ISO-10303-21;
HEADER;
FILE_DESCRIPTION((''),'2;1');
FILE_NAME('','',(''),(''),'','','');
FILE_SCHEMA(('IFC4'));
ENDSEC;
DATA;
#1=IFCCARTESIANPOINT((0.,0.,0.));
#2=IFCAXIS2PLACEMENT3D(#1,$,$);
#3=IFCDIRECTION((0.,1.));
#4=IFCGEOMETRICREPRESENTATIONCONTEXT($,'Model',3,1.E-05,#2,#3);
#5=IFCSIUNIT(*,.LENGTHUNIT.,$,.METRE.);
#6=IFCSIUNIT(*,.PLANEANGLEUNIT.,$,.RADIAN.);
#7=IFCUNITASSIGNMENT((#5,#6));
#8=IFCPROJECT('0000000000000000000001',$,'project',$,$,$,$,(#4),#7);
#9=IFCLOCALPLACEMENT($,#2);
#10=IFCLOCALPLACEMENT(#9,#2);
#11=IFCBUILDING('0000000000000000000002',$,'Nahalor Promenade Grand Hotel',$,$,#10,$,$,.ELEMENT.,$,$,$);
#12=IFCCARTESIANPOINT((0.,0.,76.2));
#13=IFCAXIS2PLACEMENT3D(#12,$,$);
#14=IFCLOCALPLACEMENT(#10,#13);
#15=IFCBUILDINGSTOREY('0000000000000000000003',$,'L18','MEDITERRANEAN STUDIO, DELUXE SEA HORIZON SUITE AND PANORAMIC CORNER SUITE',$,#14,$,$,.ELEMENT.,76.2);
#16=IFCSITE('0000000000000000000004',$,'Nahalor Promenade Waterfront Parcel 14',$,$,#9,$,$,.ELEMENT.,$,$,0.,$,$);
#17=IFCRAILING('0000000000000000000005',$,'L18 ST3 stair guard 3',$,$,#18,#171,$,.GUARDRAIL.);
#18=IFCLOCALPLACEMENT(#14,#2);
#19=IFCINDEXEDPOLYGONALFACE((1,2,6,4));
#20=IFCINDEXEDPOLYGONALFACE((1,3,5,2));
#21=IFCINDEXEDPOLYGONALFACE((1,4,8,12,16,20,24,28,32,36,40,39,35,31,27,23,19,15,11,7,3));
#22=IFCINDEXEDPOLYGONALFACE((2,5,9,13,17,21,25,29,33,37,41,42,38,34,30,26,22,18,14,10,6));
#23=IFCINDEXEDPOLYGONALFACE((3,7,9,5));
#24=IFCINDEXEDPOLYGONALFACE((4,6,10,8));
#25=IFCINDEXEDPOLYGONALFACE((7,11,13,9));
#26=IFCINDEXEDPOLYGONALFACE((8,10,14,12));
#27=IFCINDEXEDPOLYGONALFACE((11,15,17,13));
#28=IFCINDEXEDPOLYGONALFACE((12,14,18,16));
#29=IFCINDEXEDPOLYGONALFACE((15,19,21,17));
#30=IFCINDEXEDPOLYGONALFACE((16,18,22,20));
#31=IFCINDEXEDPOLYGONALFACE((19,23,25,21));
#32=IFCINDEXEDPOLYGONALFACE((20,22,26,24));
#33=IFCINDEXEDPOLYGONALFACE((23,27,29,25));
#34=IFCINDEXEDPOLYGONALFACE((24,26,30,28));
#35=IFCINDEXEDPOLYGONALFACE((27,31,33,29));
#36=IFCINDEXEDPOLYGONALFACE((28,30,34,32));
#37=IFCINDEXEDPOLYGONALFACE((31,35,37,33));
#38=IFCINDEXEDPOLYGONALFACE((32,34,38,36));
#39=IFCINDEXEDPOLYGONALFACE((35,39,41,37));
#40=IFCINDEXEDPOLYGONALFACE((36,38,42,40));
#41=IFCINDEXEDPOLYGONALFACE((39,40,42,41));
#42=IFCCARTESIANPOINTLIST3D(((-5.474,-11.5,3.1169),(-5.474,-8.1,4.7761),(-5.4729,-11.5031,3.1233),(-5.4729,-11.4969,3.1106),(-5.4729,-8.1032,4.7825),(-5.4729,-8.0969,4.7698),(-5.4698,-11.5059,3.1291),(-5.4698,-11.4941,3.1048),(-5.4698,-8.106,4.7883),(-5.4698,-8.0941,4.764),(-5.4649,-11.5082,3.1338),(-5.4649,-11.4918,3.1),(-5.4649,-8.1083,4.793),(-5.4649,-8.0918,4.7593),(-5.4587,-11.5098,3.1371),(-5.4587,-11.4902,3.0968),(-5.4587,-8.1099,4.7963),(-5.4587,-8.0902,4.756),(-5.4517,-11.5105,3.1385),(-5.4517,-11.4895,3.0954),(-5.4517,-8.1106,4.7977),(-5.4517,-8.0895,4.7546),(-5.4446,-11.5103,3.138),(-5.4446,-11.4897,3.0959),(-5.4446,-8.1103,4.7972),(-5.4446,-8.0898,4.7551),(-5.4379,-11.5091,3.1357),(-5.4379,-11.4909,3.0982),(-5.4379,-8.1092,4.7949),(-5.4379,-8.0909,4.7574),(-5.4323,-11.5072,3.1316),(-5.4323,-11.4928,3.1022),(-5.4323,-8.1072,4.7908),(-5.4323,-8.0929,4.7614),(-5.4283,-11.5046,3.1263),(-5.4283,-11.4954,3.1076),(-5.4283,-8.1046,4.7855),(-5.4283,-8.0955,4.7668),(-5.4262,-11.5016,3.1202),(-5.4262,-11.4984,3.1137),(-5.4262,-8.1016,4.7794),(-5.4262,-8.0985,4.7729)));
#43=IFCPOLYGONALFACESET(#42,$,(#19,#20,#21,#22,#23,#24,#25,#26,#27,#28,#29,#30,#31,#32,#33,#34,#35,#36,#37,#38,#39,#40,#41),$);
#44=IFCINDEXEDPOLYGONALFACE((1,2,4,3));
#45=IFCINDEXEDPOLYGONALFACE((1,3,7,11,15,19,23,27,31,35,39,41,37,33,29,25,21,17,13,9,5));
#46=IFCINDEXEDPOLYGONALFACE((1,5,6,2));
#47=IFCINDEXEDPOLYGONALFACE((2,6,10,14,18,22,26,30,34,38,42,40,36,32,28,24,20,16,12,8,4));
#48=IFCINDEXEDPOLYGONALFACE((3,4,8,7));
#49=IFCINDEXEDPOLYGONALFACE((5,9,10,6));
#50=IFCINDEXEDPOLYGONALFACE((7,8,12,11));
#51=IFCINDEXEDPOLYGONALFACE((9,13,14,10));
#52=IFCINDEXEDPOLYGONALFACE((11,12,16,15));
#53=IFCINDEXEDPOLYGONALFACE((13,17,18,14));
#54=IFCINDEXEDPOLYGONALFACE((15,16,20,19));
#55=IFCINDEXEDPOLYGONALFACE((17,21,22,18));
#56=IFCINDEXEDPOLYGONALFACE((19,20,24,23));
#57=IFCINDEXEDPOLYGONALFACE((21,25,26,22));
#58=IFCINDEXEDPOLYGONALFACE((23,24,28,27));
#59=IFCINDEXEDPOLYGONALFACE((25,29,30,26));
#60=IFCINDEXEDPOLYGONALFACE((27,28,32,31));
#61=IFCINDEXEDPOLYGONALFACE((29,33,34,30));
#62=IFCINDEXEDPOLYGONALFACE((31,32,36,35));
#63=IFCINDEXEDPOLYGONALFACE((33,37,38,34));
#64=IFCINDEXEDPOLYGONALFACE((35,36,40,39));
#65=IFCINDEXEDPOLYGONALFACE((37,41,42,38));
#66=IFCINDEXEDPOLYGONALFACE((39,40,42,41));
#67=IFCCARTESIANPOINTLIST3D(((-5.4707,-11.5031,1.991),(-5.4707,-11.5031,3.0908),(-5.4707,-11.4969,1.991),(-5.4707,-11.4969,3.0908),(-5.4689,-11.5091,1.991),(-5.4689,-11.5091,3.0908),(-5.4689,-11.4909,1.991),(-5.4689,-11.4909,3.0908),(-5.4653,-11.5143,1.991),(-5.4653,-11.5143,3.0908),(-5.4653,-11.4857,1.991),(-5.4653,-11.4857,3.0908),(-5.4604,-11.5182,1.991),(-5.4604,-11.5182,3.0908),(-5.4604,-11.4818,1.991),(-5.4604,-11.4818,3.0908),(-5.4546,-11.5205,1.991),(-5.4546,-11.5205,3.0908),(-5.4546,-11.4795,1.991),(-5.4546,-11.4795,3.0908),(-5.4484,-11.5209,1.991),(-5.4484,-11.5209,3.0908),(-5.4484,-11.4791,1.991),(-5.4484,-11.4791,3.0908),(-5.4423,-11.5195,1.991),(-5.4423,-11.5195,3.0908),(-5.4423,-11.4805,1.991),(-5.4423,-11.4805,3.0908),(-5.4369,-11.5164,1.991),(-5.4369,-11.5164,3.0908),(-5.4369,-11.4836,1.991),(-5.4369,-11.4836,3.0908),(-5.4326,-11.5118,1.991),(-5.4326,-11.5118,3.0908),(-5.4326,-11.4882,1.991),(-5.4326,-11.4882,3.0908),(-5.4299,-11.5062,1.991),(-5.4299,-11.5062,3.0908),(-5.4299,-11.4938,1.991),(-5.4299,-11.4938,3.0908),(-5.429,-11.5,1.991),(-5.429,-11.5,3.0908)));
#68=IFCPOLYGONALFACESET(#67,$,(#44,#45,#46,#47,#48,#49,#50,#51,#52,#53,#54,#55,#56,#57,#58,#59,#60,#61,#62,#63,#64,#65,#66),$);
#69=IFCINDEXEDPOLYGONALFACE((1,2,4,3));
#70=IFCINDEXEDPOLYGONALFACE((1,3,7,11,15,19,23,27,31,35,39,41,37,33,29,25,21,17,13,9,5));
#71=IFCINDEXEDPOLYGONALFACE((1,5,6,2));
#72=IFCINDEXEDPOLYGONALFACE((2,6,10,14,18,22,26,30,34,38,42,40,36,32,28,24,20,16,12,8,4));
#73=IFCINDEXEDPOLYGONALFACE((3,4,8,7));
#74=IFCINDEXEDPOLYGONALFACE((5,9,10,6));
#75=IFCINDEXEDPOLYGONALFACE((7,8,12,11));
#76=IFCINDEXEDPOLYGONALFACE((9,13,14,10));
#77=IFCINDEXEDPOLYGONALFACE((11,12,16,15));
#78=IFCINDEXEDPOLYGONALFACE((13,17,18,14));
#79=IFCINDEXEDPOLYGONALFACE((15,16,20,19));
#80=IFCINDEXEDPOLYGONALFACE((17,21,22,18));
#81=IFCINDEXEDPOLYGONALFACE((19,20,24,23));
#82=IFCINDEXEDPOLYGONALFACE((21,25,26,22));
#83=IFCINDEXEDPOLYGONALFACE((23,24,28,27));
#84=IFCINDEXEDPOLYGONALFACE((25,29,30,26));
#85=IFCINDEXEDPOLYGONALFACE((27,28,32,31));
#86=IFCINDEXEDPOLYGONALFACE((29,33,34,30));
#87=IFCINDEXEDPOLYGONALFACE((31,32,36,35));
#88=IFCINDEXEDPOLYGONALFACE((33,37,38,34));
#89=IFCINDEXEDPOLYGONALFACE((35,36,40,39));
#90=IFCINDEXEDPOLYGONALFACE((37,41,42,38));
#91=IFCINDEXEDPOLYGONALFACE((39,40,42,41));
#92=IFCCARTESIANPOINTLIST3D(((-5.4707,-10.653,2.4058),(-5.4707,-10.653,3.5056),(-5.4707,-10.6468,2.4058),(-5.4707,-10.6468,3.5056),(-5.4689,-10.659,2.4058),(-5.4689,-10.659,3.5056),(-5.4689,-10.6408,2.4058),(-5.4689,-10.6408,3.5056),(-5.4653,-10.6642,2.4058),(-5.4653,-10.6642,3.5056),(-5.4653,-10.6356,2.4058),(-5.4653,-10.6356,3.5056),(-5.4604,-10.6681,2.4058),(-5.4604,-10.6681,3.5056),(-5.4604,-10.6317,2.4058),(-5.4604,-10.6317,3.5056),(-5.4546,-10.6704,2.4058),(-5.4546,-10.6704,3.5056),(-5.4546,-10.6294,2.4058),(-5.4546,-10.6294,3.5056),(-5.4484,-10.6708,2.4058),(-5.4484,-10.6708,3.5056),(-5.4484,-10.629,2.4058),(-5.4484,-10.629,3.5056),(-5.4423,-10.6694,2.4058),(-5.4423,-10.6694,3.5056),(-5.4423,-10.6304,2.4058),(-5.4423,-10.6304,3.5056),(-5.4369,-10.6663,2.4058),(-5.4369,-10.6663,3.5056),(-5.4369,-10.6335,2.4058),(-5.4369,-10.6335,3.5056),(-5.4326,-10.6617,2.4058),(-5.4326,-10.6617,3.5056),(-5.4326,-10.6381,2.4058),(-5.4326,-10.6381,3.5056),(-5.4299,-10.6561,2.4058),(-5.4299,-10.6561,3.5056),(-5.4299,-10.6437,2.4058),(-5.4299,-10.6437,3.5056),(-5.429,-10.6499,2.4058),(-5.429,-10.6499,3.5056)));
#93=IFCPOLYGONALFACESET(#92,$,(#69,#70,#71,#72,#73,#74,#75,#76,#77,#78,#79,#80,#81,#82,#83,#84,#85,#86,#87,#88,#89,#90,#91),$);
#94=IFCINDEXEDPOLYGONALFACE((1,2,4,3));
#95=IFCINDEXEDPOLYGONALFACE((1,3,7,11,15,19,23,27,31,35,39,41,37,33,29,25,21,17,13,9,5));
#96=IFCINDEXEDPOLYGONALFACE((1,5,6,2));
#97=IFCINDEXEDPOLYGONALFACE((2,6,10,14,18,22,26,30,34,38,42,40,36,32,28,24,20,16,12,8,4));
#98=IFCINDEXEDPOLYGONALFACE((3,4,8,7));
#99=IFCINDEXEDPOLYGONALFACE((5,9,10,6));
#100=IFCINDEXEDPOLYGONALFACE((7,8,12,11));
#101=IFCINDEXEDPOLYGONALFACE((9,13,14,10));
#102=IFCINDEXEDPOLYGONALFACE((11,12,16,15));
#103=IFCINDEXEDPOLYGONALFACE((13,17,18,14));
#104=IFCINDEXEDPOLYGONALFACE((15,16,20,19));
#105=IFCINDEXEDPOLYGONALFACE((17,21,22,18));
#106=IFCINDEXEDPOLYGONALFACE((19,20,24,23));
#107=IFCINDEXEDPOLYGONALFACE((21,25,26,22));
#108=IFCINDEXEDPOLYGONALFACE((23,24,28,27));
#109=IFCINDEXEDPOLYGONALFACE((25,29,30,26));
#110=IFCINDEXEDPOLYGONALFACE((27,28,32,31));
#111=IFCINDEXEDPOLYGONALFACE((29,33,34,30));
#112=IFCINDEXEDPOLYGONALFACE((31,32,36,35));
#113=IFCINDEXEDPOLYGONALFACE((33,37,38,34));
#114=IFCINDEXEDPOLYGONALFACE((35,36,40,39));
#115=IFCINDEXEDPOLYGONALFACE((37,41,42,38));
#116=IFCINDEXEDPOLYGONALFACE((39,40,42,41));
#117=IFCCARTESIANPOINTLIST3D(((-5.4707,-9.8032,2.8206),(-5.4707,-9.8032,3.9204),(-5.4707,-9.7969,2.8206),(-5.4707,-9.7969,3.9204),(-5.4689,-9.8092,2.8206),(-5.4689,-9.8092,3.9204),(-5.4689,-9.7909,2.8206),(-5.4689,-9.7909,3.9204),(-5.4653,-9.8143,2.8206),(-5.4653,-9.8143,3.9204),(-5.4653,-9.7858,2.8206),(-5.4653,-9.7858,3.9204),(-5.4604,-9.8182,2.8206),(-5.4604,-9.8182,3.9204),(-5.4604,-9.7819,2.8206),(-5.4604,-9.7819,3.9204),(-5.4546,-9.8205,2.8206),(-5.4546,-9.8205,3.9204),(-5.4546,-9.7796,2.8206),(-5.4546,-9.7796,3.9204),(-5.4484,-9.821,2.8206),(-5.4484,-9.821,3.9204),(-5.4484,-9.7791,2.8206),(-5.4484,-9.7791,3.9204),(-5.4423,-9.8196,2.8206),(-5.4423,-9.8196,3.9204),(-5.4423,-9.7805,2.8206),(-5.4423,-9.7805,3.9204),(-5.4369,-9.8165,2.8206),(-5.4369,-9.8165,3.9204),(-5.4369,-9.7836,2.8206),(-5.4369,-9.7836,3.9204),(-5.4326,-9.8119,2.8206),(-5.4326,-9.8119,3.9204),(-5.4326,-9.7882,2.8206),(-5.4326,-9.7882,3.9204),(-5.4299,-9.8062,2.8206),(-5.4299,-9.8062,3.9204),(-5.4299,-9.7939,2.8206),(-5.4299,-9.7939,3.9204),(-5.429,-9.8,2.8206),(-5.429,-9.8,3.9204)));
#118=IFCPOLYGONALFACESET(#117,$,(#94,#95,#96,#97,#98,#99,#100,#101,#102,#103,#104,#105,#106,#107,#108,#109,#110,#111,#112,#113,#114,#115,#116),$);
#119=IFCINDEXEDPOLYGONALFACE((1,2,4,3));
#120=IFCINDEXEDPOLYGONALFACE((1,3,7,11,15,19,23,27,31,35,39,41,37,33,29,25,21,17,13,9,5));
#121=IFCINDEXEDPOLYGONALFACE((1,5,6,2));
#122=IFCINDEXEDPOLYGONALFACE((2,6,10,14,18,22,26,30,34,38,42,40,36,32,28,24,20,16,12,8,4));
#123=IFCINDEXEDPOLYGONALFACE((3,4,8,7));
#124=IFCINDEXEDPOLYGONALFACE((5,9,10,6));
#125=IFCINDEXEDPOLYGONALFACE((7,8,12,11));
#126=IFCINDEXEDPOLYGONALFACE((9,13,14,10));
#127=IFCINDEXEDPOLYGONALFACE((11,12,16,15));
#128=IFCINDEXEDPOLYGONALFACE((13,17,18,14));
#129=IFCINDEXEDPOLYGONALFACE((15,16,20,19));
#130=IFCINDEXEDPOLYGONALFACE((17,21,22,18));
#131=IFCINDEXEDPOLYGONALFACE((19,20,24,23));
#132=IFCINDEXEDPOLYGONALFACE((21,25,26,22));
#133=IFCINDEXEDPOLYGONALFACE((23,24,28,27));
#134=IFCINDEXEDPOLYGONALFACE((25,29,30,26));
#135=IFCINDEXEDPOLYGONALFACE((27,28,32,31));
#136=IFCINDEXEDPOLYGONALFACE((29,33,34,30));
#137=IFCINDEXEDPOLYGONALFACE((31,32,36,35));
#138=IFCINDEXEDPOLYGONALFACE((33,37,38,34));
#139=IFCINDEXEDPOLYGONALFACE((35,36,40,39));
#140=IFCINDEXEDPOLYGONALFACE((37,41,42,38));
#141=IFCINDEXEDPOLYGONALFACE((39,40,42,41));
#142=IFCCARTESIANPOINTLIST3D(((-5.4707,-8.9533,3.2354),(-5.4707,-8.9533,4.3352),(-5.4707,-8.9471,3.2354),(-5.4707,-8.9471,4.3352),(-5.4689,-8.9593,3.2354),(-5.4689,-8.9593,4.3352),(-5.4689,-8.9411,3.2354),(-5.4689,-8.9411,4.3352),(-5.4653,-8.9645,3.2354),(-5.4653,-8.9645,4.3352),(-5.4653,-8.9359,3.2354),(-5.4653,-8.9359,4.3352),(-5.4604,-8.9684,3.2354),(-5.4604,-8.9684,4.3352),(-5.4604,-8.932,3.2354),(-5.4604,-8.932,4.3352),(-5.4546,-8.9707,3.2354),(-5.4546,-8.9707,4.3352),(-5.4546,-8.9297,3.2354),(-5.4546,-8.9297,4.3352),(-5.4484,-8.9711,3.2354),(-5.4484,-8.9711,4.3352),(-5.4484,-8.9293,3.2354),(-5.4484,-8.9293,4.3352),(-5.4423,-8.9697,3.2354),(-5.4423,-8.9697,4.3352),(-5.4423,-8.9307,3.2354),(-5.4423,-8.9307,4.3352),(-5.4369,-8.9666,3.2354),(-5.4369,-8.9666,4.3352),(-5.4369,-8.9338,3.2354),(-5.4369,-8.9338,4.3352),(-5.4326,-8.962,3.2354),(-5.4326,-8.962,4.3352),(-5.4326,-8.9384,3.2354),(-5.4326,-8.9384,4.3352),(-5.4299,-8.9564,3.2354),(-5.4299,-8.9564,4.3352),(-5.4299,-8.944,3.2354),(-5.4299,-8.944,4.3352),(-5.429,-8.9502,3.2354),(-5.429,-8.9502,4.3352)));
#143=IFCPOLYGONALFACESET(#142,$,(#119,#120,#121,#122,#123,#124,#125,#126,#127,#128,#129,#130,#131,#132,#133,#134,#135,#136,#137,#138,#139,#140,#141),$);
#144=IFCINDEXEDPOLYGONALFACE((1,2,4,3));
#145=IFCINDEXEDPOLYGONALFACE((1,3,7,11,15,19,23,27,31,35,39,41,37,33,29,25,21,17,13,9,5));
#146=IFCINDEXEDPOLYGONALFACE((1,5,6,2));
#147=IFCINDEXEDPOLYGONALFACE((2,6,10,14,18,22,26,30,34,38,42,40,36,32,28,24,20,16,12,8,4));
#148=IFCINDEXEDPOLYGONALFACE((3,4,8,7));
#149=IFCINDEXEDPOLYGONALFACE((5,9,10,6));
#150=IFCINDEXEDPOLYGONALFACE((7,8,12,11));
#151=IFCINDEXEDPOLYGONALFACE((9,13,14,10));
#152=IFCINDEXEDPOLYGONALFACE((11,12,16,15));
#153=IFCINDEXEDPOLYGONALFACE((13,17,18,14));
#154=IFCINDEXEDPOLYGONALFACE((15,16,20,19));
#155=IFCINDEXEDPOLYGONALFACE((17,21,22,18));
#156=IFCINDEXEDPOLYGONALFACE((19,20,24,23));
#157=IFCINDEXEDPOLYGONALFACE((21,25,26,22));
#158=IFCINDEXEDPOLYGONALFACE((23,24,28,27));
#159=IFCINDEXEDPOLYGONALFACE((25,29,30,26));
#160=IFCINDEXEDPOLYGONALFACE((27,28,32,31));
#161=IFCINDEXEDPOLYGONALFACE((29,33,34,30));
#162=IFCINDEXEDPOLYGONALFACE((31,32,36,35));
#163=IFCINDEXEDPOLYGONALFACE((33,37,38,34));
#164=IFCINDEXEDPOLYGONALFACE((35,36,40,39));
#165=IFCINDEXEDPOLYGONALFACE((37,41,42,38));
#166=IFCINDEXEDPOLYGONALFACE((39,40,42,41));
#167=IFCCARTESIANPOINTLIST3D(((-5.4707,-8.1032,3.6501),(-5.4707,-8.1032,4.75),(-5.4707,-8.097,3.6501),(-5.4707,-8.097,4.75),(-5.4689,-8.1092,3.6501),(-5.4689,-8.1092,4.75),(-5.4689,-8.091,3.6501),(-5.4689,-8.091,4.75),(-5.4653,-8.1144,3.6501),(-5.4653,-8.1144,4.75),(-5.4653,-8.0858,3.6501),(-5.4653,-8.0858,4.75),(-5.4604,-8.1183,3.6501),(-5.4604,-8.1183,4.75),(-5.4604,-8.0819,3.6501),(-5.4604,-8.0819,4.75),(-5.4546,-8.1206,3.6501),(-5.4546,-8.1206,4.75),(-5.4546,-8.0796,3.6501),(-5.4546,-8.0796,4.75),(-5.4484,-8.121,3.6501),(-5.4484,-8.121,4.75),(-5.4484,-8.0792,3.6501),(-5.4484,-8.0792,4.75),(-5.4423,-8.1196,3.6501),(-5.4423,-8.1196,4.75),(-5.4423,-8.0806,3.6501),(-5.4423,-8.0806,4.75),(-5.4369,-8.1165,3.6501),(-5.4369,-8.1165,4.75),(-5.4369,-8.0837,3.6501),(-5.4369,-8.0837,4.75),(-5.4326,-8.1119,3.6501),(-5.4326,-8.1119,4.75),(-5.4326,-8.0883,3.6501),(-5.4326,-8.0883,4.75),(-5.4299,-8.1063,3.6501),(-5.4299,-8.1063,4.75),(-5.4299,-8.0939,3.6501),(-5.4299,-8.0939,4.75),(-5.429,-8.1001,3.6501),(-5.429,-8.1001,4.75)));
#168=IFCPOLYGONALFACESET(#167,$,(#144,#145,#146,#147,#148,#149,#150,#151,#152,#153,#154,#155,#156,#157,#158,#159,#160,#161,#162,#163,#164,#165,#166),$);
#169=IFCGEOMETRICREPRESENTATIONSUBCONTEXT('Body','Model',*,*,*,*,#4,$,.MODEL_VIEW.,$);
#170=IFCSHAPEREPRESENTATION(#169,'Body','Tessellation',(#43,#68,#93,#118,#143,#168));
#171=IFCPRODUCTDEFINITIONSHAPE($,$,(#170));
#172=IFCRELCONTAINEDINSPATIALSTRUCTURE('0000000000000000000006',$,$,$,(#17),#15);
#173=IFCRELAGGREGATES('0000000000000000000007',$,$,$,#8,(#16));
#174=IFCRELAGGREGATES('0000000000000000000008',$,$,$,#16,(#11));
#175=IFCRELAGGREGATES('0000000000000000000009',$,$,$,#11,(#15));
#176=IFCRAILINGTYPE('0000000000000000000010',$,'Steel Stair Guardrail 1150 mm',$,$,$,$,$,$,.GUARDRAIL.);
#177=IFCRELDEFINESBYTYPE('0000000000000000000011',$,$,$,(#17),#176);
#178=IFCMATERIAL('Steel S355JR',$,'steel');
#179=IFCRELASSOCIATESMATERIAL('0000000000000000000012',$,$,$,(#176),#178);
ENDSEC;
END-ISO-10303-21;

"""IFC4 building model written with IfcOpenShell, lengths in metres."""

from ifc_helpers import new_model, si_unit, direction, frame, origin, origin_2d, place, context, subcontext, project, spatial, circle, extrude, material, type_object, element, save


model = new_model("IFC4")

# Units and contexts
model_context = context("Model", 3, precision=1e-05, world=origin(), true_north=direction((0.0, 1.0)))
body_context = subcontext(model_context, "Body", "Model", "MODEL_VIEW")
ifc_project = project(units=[si_unit("LENGTHUNIT", "METRE"), si_unit("PLANEANGLEUNIT", "RADIAN")], contexts=[model_context])

# Site, building, storey
site_placement = place(None, origin())
site = spatial("IfcSite", under=ifc_project, at=site_placement, Name="Nahalor Promenade Waterfront Parcel 14", CompositionType="ELEMENT", RefElevation=0.0)
building_placement = place(site_placement, origin())
building = spatial("IfcBuilding", under=site, at=building_placement, Name="Nahalor Promenade Grand Hotel", CompositionType="ELEMENT")
storey_placement = place(building_placement, frame((0.0, 0.0, 76.2)))
storey = spatial("IfcBuildingStorey", under=building, at=storey_placement, Name="L18", Description="MEDITERRANEAN STUDIO, DELUXE SEA HORIZON SUITE AND PANORAMIC CORNER SUITE", CompositionType="ELEMENT", Elevation=76.2)

# Shared definitions
ifc_material_1 = material(Name="Steel S355JR", Category="steel")

# Railing
railing_type_1 = type_object("IfcRailingType", Name="Steel Stair Guardrail 1150 mm", PredefinedType="GUARDRAIL", material=ifc_material_1)
railing_1_placement = place(storey_placement, frame((-5.45, -11.5, 1.991)))
element("IfcRailing", 1, at=railing_1_placement, inside=storey, type_object=railing_type_1, Name="L18 ST3 stair guard 3", PredefinedType="GUARDRAIL", context=body_context, shape_type="SweptSolid", body=[
    extrude(circle(Radius=0.024, at=origin_2d()), frame((0.0, 0.0, 1.126), z_axis=(0.0, 0.898696, 0.438571), x_axis=(-1.0, 0.0, 0.0)), (0.0, 0.0, 1.0), 3.7832),
    extrude(circle(Radius=0.021, at=origin_2d()), origin(), (0.0, 0.0, 1.0), 1.0999),
    extrude(circle(Radius=0.021, at=origin_2d()), frame((0.0, 0.8501, 0.4148)), (0.0, 0.0, 1.0), 1.0999),
    extrude(circle(Radius=0.021, at=origin_2d()), frame((0.0, 1.7, 0.8296)), (0.0, 0.0, 1.0), 1.0999),
    extrude(circle(Radius=0.021, at=origin_2d()), frame((0.0, 2.5498, 1.2444)), (0.0, 0.0, 1.0), 1.0999),
    extrude(circle(Radius=0.021, at=origin_2d()), frame((0.0, 3.3999, 1.6592)), (0.0, 0.0, 1.0), 1.0999),
])

save(model, "model.ifc")
